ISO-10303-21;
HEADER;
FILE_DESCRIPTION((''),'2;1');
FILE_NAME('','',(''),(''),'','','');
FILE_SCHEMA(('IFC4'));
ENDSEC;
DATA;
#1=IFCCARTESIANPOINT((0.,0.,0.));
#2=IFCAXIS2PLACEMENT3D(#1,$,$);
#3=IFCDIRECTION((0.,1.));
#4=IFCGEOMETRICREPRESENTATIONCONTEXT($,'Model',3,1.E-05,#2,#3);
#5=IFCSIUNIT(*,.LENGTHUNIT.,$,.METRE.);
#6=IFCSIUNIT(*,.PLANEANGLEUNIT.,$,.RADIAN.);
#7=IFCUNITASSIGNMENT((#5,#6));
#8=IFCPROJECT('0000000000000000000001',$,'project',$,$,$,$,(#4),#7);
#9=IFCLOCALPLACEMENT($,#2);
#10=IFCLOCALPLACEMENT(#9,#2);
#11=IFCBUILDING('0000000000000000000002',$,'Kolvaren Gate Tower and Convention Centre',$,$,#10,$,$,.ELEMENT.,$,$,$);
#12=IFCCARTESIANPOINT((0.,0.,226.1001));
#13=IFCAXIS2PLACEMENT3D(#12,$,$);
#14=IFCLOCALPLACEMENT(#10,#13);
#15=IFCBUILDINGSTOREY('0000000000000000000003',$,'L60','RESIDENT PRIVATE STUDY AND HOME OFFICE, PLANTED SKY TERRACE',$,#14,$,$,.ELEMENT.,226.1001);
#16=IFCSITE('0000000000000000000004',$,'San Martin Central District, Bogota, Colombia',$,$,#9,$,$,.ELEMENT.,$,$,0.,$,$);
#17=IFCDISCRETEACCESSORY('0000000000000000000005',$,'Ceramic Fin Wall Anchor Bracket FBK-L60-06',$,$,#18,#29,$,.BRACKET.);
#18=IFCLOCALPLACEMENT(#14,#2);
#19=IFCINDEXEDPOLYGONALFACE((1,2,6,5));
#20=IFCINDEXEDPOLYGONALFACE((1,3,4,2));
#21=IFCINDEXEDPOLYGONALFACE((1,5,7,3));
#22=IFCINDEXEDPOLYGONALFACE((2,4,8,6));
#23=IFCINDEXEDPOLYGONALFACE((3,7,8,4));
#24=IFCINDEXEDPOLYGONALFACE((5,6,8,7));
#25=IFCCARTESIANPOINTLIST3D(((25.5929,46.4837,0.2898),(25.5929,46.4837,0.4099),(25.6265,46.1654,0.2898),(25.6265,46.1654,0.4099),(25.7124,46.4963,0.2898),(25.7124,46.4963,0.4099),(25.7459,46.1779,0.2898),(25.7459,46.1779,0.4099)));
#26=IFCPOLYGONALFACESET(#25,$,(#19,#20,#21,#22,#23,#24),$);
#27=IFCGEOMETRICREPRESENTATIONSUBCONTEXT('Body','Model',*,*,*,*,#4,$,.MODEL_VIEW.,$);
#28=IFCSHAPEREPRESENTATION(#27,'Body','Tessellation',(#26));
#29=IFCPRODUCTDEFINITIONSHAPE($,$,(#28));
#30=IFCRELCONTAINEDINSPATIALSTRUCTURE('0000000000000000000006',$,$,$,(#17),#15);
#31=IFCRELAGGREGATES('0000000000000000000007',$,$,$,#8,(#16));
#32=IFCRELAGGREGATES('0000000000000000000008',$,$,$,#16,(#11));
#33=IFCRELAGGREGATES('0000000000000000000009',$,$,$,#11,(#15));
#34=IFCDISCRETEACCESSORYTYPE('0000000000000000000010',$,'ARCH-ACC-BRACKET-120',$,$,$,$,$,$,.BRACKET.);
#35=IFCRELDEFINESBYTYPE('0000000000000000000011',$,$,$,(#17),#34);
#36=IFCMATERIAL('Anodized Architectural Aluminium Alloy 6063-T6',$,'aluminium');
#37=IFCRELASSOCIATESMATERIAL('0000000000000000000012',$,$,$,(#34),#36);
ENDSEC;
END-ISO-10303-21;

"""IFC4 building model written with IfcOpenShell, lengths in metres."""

from ifc_helpers import new_model, si_unit, direction, frame, origin, origin_2d, place, context, subcontext, project, spatial, rectangle, extrude, material, type_object, element, save


model = new_model("IFC4")

# Units and contexts
model_context = context("Model", 3, precision=1e-05, world=origin(), true_north=direction((0.0, 1.0)))
body_context = subcontext(model_context, "Body", "Model", "MODEL_VIEW")
ifc_project = project(units=[si_unit("LENGTHUNIT", "METRE"), si_unit("PLANEANGLEUNIT", "RADIAN")], contexts=[model_context])

# Site, building, storey
site_placement = place(None, origin())
site = spatial("IfcSite", under=ifc_project, at=site_placement, Name="San Martin Central District, Bogota, Colombia", CompositionType="ELEMENT", RefElevation=0.0)
building_placement = place(site_placement, origin())
building = spatial("IfcBuilding", under=site, at=building_placement, Name="Kolvaren Gate Tower and Convention Centre", CompositionType="ELEMENT")
storey_placement = place(building_placement, frame((0.0, 0.0, 226.1001)))
storey = spatial("IfcBuildingStorey", under=building, at=storey_placement, Name="L60", Description="RESIDENT PRIVATE STUDY AND HOME OFFICE, PLANTED SKY TERRACE", CompositionType="ELEMENT", Elevation=226.1001)

# Discrete accessory
ifc_material_1 = material(Name="Anodized Architectural Aluminium Alloy 6063-T6", Category="aluminium")
discrete_accessory_type = type_object("IfcDiscreteAccessoryType", Name="ARCH-ACC-BRACKET-120", PredefinedType="BRACKET", material=ifc_material_1)
discrete_accessory_placement = place(storey_placement, frame((25.6694, 46.3308, 0.2898), z_axis=(0.0, 0.0, 1.0), x_axis=(0.994499, 0.104747, 0.0)))
element("IfcDiscreteAccessory", 1, at=discrete_accessory_placement, inside=storey, type_object=discrete_accessory_type, Name="Ceramic Fin Wall Anchor Bracket FBK-L60-06", PredefinedType="BRACKET", context=body_context, shape_type="SweptSolid", body=[
    extrude(rectangle(XDim=0.1201, YDim=0.3201, at=origin_2d()), origin(), (0.0, 0.0, 1.0), 0.1201),
])

save(model, "model.ifc")
